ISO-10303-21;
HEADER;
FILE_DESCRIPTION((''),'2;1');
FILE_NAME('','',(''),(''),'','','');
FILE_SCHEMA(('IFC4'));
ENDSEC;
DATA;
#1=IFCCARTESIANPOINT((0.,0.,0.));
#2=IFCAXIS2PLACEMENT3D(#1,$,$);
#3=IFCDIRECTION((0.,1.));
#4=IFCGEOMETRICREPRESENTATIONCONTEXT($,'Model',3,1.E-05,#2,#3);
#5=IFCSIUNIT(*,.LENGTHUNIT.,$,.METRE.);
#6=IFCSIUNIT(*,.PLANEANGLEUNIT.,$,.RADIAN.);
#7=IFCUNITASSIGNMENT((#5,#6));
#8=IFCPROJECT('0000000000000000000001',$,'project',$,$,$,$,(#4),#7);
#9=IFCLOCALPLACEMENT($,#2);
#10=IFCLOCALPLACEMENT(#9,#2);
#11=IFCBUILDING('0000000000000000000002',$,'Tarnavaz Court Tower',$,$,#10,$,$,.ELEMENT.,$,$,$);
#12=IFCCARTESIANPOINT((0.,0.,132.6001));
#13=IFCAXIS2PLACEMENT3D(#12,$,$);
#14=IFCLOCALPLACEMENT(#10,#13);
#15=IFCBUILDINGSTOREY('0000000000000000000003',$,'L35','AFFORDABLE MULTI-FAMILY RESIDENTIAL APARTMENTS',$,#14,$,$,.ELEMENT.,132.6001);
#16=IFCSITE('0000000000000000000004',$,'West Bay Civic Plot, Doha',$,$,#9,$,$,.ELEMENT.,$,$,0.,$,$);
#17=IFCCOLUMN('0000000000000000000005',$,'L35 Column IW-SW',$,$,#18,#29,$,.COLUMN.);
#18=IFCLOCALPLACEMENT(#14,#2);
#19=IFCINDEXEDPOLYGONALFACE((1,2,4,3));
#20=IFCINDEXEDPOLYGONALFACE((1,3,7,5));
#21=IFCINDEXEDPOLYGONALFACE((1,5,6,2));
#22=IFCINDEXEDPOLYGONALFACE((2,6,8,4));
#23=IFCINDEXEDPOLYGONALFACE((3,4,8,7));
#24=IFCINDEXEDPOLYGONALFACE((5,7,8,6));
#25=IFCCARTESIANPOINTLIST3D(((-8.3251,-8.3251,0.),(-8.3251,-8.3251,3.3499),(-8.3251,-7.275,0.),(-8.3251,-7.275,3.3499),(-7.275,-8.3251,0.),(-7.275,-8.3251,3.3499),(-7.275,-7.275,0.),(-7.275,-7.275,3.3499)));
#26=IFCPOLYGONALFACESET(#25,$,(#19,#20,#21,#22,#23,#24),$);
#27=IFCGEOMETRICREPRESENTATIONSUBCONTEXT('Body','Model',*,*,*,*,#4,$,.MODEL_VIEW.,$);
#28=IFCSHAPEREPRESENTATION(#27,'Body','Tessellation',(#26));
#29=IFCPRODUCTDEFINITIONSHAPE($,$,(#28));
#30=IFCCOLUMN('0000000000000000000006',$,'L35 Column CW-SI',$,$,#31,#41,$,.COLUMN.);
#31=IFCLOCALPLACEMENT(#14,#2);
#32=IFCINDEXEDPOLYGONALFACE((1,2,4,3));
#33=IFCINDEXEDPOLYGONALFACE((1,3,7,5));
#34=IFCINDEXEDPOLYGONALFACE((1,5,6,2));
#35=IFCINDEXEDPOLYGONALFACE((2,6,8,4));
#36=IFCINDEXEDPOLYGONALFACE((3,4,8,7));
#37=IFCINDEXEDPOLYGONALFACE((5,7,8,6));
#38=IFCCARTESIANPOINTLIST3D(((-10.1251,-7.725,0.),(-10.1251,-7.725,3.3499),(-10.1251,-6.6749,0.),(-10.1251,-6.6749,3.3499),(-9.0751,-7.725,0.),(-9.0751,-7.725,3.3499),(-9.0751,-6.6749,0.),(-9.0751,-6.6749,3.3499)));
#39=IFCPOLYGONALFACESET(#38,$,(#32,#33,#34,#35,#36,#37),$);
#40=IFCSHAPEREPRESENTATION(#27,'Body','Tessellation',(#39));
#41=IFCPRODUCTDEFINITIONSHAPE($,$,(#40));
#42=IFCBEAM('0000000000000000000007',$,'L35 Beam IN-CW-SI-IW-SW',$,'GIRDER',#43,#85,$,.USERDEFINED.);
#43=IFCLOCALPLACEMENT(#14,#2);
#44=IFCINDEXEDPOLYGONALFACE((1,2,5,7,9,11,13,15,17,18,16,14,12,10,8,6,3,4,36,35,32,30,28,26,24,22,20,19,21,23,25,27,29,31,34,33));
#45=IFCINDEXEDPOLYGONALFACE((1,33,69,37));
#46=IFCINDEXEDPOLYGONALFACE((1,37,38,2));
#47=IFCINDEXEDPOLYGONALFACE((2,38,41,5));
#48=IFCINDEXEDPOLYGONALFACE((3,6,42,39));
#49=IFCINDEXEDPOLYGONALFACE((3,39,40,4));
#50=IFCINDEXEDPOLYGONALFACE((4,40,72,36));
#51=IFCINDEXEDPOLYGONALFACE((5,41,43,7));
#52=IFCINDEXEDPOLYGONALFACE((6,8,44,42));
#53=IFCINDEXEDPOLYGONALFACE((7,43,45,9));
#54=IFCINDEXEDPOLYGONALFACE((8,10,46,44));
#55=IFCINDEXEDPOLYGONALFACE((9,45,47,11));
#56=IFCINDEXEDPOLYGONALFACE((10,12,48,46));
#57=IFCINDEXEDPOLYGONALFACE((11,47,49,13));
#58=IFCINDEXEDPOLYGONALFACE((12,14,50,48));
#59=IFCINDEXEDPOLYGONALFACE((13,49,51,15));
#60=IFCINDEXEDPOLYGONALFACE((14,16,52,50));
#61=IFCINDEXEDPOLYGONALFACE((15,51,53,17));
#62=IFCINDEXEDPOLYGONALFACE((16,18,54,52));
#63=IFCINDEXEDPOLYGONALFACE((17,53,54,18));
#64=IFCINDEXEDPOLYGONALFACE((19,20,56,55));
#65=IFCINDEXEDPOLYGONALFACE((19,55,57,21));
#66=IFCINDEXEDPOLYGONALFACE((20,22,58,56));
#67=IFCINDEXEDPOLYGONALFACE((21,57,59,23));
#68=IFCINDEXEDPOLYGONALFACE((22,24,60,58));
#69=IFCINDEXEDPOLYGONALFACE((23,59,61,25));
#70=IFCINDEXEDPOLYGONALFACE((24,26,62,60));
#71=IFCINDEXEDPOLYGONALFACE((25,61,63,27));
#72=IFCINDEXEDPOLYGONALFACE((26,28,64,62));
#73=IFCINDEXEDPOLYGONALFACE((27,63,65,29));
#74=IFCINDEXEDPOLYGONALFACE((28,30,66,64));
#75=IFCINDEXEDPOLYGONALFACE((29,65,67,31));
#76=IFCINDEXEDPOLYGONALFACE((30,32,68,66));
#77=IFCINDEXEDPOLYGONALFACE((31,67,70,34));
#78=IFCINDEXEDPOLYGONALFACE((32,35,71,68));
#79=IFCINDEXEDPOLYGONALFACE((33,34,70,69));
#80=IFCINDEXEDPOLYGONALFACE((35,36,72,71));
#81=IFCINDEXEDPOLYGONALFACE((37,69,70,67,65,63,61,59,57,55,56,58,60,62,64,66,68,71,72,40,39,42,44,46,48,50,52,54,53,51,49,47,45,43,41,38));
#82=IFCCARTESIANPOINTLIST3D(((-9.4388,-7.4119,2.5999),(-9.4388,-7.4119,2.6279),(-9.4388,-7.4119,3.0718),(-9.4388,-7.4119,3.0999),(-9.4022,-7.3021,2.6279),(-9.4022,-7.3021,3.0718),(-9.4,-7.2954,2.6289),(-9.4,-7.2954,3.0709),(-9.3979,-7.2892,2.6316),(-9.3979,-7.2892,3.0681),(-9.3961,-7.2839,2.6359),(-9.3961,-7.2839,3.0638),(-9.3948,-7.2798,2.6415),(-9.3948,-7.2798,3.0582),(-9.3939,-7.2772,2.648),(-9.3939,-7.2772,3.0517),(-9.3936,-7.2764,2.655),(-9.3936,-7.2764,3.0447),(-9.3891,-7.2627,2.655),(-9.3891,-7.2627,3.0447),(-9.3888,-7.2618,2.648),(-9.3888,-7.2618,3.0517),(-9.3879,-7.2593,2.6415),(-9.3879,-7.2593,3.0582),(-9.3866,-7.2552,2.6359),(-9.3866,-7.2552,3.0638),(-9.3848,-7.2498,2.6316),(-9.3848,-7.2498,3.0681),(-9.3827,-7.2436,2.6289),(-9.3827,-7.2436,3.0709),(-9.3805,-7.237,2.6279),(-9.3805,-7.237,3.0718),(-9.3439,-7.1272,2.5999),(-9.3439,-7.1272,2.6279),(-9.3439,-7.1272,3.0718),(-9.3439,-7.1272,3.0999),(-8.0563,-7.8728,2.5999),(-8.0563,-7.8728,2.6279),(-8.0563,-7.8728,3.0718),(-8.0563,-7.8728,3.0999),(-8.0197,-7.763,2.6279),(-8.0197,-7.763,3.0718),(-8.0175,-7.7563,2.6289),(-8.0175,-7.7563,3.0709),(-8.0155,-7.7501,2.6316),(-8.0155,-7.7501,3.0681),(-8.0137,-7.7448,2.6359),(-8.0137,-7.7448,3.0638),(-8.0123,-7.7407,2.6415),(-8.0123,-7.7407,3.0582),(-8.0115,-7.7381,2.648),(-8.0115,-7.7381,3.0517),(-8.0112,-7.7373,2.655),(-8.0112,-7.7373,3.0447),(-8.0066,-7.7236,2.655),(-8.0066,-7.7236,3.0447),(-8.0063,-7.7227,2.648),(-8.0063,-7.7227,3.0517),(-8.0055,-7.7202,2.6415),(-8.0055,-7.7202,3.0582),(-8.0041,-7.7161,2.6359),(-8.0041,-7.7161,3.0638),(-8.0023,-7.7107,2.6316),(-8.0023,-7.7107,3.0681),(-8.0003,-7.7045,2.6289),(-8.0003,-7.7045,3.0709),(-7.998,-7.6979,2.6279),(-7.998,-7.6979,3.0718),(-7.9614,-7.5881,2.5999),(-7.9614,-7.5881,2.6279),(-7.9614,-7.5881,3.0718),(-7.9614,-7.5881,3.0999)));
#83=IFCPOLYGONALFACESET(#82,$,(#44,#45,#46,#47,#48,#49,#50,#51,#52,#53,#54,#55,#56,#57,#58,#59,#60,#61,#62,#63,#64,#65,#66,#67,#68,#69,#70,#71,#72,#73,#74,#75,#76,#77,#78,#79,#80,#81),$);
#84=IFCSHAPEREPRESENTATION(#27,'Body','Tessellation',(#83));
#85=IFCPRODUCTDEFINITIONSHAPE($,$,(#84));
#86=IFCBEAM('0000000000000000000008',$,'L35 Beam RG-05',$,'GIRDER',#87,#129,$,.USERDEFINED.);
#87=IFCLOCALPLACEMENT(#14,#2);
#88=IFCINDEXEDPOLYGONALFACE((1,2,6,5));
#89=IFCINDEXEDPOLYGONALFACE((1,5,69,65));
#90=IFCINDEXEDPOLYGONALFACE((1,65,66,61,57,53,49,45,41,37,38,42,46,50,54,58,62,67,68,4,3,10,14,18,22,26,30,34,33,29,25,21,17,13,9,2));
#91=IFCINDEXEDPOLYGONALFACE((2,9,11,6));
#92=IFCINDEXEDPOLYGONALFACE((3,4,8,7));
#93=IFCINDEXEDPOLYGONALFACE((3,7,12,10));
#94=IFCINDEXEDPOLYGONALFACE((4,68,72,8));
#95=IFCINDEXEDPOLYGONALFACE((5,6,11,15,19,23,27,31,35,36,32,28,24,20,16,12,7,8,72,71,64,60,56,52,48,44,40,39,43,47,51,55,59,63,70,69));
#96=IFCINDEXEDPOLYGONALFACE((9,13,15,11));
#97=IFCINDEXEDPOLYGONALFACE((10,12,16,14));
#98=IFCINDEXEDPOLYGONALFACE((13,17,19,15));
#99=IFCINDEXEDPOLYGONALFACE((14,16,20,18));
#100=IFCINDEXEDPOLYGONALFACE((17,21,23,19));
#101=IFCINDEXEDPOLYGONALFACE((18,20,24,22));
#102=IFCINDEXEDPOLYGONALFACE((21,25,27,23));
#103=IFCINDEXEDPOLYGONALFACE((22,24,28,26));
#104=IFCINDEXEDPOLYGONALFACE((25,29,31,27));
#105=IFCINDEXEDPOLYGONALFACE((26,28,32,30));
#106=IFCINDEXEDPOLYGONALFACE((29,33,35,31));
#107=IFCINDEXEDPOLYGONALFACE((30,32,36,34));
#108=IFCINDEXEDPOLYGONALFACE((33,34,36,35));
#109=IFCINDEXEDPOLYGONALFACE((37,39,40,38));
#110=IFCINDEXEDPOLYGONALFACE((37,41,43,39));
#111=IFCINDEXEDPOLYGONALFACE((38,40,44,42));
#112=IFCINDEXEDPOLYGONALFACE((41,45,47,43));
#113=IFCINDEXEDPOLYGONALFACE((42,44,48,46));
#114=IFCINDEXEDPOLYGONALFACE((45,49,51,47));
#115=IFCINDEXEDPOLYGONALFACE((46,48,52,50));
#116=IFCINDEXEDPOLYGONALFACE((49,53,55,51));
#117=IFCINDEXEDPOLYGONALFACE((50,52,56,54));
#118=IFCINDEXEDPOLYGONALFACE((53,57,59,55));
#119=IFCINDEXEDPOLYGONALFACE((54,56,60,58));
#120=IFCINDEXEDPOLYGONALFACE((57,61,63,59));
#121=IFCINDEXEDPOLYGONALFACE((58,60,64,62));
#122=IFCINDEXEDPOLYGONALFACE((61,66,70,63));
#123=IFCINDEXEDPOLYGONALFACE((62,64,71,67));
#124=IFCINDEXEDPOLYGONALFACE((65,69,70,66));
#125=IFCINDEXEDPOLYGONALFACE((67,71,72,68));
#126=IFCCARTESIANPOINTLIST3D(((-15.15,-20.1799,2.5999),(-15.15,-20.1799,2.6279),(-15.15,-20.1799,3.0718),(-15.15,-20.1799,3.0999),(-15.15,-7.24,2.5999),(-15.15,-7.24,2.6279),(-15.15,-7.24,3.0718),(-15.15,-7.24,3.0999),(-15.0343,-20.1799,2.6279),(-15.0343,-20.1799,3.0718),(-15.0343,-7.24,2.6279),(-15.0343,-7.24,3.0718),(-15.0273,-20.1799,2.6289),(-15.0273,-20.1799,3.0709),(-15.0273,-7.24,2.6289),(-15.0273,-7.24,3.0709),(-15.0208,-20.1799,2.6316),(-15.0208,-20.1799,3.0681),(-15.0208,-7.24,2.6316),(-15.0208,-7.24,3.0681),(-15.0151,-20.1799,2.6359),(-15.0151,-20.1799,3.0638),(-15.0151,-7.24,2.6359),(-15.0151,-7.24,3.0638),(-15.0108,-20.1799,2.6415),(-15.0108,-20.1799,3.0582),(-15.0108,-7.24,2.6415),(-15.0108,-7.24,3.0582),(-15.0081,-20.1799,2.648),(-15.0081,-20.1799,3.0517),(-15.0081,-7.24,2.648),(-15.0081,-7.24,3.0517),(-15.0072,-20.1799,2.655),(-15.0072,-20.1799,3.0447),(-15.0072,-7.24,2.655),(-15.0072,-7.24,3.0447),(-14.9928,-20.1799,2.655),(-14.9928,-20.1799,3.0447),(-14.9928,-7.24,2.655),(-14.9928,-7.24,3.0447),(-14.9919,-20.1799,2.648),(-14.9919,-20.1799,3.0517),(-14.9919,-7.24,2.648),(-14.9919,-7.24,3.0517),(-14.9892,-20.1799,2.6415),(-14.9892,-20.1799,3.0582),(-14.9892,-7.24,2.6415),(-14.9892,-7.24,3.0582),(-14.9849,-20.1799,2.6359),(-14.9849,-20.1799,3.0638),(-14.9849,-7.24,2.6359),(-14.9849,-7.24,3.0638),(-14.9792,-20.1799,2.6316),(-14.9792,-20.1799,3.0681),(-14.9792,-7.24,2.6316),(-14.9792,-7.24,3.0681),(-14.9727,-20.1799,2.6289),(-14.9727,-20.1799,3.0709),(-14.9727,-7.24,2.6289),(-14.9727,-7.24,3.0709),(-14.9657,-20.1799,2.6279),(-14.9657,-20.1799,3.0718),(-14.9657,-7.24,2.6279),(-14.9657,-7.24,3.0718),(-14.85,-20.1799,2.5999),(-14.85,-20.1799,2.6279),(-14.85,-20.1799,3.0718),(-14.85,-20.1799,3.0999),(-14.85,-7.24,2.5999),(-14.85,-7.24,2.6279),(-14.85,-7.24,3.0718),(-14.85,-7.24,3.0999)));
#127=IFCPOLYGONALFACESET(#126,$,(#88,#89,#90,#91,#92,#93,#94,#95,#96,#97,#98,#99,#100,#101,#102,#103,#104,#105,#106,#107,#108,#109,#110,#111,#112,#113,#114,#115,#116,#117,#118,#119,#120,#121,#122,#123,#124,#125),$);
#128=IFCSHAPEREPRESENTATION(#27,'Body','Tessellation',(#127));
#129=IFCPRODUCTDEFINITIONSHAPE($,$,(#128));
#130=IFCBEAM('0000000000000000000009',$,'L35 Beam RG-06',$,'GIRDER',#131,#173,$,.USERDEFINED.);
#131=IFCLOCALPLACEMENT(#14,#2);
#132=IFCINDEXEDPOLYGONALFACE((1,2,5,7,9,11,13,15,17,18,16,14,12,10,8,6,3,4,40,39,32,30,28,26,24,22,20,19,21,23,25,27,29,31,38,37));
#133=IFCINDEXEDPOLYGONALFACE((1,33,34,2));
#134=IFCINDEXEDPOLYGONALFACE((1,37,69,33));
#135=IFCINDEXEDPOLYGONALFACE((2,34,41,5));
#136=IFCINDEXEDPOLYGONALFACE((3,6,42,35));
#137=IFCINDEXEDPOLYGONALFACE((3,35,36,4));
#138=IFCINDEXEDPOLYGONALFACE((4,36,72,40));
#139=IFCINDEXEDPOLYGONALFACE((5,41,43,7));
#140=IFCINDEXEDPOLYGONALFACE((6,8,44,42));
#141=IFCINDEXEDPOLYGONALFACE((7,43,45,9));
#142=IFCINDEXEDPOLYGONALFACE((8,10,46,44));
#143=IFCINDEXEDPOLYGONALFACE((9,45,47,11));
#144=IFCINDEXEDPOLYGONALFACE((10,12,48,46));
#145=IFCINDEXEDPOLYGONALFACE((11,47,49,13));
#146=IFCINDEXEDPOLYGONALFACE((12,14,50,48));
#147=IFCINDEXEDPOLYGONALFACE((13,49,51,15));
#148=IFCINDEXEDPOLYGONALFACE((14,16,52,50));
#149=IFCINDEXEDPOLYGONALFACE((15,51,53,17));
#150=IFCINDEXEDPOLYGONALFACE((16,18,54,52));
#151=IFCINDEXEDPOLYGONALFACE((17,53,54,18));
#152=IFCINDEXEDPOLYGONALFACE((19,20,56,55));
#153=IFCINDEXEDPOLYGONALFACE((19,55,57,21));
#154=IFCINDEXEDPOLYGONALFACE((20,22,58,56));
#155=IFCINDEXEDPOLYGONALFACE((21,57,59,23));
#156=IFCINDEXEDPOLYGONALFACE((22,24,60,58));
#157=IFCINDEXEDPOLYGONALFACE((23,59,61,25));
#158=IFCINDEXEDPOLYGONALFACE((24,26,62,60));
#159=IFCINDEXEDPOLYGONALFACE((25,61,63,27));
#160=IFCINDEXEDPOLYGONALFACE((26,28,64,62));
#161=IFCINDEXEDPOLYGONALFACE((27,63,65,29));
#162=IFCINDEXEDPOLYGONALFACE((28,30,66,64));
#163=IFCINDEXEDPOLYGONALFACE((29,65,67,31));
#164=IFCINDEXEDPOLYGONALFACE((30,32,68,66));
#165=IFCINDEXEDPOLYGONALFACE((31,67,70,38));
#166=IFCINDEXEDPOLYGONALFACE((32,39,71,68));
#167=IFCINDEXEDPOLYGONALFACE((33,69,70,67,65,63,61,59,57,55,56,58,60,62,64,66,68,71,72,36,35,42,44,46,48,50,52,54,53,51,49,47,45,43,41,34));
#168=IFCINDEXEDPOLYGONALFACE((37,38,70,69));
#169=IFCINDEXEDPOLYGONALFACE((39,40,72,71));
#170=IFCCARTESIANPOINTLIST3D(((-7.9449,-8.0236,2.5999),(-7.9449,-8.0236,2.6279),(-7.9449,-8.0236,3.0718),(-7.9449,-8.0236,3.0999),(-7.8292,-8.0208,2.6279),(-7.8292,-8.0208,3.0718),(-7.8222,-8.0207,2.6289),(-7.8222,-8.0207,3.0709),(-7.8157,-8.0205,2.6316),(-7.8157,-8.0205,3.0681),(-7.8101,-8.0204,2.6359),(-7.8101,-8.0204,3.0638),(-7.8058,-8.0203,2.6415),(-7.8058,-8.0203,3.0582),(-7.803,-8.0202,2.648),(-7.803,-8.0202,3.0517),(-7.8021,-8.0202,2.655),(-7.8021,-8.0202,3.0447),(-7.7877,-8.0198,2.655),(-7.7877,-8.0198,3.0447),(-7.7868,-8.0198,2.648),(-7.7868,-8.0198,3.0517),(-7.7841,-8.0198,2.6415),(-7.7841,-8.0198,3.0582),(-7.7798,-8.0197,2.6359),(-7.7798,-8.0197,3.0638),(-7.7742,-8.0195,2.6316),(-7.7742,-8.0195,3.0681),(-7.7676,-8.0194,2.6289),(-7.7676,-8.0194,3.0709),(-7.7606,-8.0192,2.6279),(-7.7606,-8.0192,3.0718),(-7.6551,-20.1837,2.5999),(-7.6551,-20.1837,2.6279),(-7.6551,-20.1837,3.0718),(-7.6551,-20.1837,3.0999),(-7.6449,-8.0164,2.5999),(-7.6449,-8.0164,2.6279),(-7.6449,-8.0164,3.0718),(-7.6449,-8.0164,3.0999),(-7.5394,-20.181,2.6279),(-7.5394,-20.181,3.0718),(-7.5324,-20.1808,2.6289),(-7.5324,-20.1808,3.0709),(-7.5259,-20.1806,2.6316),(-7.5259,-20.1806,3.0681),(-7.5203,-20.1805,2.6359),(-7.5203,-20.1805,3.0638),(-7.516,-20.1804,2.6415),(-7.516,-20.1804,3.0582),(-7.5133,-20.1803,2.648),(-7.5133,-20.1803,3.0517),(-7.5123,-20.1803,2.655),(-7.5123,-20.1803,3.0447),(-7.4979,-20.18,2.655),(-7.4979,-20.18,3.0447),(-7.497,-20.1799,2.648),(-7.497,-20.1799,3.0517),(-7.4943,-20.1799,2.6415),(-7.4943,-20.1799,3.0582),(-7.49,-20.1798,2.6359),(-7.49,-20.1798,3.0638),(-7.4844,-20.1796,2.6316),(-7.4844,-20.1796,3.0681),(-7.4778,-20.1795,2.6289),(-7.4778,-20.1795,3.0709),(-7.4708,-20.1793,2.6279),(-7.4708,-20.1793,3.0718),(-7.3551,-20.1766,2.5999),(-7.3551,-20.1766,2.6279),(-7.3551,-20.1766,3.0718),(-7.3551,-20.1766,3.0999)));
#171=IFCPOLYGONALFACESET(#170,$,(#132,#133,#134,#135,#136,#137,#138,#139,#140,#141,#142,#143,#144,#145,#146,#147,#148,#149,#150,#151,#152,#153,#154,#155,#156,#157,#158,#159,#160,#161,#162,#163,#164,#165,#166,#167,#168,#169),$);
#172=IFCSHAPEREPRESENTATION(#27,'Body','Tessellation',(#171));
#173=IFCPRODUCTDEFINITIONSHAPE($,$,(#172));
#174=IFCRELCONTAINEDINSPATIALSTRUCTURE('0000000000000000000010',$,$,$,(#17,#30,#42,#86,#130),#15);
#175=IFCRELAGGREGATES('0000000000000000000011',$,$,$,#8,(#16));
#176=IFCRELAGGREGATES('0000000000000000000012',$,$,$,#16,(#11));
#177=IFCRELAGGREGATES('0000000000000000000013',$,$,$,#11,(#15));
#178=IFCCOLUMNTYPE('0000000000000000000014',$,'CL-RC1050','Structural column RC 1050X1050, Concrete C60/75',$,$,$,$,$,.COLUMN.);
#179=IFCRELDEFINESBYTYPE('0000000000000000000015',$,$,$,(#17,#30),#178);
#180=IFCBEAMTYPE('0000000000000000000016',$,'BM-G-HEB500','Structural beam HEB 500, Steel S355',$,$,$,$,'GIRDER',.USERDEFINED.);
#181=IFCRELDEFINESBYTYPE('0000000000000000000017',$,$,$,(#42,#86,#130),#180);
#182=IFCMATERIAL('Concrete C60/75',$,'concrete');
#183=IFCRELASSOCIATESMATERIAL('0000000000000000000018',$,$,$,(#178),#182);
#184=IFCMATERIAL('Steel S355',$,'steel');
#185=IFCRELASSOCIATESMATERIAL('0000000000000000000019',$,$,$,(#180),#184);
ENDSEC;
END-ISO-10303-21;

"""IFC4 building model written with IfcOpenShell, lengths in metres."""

from ifc_helpers import new_model, si_unit, direction, frame, origin, origin_2d, place, context, subcontext, project, spatial, rectangle, i_section, extrude, material, material_profile, profile_set, type_object, element, save


model = new_model("IFC4")

# Units and contexts
model_context = context("Model", 3, precision=1e-05, world=origin(), true_north=direction((0.0, 1.0)))
body_context = subcontext(model_context, "Body", "Model", "MODEL_VIEW")
ifc_project = project(units=[si_unit("LENGTHUNIT", "METRE"), si_unit("PLANEANGLEUNIT", "RADIAN")], contexts=[model_context])

# Site, building, storey
site_placement = place(None, origin())
site = spatial("IfcSite", under=ifc_project, at=site_placement, Name="West Bay Civic Plot, Doha", CompositionType="ELEMENT", RefElevation=0.0)
building_placement = place(site_placement, origin())
building = spatial("IfcBuilding", under=site, at=building_placement, Name="Tarnavaz Court Tower", CompositionType="ELEMENT")
storey_placement = place(building_placement, frame((0.0, 0.0, 132.6001)))
storey = spatial("IfcBuildingStorey", under=building, at=storey_placement, Name="L35", Description="AFFORDABLE MULTI-FAMILY RESIDENTIAL APARTMENTS", CompositionType="ELEMENT", Elevation=132.6001)

# Columns
ifc_material_1 = material(Name="Concrete C60/75", Category="concrete")
ifc_material_profile_1 = material_profile(ifc_material_1, rectangle(XDim=1.05, YDim=1.05, at=origin_2d()), Name="RC 1050X1050")
ifc_profile_set_1 = profile_set([ifc_material_profile_1], Name="Concrete C60/75")
column_type = type_object("IfcColumnType", Name="CL-RC1050", Description="Structural column RC 1050X1050, Concrete C60/75", PredefinedType="COLUMN", material=ifc_profile_set_1)
for number, where, z_axis, x_axis, name in (
    (1, (-7.8, -7.8, 0.0), (0.0, 0.0, 1.0), (1.0, 0.0, 0.0), "L35 Column IW-SW"),
    (2, (-9.6001, -7.2, 0.0), (0.0, 0.0, 1.0), (1.0, 0.0, 0.0), "L35 Column CW-SI"),
):
    element("IfcColumn", number, at=place(storey_placement, frame(where, z_axis=z_axis, x_axis=x_axis)), inside=storey, type_object=column_type, Name=name, PredefinedType="COLUMN", context=body_context, shape_type="SweptSolid", body=[
        extrude(rectangle(XDim=1.05, YDim=1.05, at=origin_2d()), origin(), (0.0, 0.0, 1.0), 3.3499),
    ])

# Beams
ifc_material_2 = material(Name="Steel S355", Category="steel")
ifc_material_profile_2 = material_profile(ifc_material_2, i_section(OverallWidth=0.3, OverallDepth=0.5, WebThickness=0.0144, FlangeThickness=0.0281, FilletRadius=0.0271, at=origin_2d()), Name="HEB 500")
ifc_profile_set_2 = profile_set([ifc_material_profile_2], Name="Steel S355")
beam_type_1 = type_object("IfcBeamType", Name="BM-G-HEB500", Description="Structural beam HEB 500, Steel S355", ElementType="GIRDER", PredefinedType="USERDEFINED", material=ifc_profile_set_2)
beam_1_placement = place(storey_placement, frame((-9.3914, -7.2695, 2.8499), z_axis=(0.948667, -0.316278, 0.0), x_axis=(0.316278, 0.948667, 0.0)))
element("IfcBeam", 3, at=beam_1_placement, inside=storey, type_object=beam_type_1, Name="L35 Beam IN-CW-SI-IW-SW", ObjectType="GIRDER", PredefinedType="USERDEFINED", context=body_context, shape_type="SweptSolid", body=[
    extrude(i_section(OverallWidth=0.3, OverallDepth=0.5, WebThickness=0.0144, FlangeThickness=0.0281, FilletRadius=0.0271, at=origin_2d()), origin(), (0.0, 0.0, 1.0), 1.4573),
])
beam_2_placement = place(storey_placement, frame((-15.0, -7.24, 2.8499), z_axis=(0.0, -1.0, 0.0), x_axis=(1.0, 0.0, 0.0)))
element("IfcBeam", 4, at=beam_2_placement, inside=storey, type_object=beam_type_1, Name="L35 Beam RG-05", ObjectType="GIRDER", PredefinedType="USERDEFINED", context=body_context, shape_type="SweptSolid", body=[
    extrude(i_section(OverallWidth=0.3, OverallDepth=0.5, WebThickness=0.0144, FlangeThickness=0.0281, FilletRadius=0.0271, at=origin_2d()), origin(), (0.0, 0.0, 1.0), 12.9399),
])
beam_3_placement = place(storey_placement, frame((-7.7949, -8.02, 2.8499), z_axis=(0.023825, -0.999716, 0.0), x_axis=(0.999716, 0.023825, 0.0)))
element("IfcBeam", 5, at=beam_3_placement, inside=storey, type_object=beam_type_1, Name="L35 Beam RG-06", ObjectType="GIRDER", PredefinedType="USERDEFINED", context=body_context, shape_type="SweptSolid", body=[
    extrude(i_section(OverallWidth=0.3, OverallDepth=0.5, WebThickness=0.0144, FlangeThickness=0.0281, FilletRadius=0.0271, at=origin_2d()), origin(), (0.0, 0.0, 1.0), 12.1636),
])

save(model, "model.ifc")
